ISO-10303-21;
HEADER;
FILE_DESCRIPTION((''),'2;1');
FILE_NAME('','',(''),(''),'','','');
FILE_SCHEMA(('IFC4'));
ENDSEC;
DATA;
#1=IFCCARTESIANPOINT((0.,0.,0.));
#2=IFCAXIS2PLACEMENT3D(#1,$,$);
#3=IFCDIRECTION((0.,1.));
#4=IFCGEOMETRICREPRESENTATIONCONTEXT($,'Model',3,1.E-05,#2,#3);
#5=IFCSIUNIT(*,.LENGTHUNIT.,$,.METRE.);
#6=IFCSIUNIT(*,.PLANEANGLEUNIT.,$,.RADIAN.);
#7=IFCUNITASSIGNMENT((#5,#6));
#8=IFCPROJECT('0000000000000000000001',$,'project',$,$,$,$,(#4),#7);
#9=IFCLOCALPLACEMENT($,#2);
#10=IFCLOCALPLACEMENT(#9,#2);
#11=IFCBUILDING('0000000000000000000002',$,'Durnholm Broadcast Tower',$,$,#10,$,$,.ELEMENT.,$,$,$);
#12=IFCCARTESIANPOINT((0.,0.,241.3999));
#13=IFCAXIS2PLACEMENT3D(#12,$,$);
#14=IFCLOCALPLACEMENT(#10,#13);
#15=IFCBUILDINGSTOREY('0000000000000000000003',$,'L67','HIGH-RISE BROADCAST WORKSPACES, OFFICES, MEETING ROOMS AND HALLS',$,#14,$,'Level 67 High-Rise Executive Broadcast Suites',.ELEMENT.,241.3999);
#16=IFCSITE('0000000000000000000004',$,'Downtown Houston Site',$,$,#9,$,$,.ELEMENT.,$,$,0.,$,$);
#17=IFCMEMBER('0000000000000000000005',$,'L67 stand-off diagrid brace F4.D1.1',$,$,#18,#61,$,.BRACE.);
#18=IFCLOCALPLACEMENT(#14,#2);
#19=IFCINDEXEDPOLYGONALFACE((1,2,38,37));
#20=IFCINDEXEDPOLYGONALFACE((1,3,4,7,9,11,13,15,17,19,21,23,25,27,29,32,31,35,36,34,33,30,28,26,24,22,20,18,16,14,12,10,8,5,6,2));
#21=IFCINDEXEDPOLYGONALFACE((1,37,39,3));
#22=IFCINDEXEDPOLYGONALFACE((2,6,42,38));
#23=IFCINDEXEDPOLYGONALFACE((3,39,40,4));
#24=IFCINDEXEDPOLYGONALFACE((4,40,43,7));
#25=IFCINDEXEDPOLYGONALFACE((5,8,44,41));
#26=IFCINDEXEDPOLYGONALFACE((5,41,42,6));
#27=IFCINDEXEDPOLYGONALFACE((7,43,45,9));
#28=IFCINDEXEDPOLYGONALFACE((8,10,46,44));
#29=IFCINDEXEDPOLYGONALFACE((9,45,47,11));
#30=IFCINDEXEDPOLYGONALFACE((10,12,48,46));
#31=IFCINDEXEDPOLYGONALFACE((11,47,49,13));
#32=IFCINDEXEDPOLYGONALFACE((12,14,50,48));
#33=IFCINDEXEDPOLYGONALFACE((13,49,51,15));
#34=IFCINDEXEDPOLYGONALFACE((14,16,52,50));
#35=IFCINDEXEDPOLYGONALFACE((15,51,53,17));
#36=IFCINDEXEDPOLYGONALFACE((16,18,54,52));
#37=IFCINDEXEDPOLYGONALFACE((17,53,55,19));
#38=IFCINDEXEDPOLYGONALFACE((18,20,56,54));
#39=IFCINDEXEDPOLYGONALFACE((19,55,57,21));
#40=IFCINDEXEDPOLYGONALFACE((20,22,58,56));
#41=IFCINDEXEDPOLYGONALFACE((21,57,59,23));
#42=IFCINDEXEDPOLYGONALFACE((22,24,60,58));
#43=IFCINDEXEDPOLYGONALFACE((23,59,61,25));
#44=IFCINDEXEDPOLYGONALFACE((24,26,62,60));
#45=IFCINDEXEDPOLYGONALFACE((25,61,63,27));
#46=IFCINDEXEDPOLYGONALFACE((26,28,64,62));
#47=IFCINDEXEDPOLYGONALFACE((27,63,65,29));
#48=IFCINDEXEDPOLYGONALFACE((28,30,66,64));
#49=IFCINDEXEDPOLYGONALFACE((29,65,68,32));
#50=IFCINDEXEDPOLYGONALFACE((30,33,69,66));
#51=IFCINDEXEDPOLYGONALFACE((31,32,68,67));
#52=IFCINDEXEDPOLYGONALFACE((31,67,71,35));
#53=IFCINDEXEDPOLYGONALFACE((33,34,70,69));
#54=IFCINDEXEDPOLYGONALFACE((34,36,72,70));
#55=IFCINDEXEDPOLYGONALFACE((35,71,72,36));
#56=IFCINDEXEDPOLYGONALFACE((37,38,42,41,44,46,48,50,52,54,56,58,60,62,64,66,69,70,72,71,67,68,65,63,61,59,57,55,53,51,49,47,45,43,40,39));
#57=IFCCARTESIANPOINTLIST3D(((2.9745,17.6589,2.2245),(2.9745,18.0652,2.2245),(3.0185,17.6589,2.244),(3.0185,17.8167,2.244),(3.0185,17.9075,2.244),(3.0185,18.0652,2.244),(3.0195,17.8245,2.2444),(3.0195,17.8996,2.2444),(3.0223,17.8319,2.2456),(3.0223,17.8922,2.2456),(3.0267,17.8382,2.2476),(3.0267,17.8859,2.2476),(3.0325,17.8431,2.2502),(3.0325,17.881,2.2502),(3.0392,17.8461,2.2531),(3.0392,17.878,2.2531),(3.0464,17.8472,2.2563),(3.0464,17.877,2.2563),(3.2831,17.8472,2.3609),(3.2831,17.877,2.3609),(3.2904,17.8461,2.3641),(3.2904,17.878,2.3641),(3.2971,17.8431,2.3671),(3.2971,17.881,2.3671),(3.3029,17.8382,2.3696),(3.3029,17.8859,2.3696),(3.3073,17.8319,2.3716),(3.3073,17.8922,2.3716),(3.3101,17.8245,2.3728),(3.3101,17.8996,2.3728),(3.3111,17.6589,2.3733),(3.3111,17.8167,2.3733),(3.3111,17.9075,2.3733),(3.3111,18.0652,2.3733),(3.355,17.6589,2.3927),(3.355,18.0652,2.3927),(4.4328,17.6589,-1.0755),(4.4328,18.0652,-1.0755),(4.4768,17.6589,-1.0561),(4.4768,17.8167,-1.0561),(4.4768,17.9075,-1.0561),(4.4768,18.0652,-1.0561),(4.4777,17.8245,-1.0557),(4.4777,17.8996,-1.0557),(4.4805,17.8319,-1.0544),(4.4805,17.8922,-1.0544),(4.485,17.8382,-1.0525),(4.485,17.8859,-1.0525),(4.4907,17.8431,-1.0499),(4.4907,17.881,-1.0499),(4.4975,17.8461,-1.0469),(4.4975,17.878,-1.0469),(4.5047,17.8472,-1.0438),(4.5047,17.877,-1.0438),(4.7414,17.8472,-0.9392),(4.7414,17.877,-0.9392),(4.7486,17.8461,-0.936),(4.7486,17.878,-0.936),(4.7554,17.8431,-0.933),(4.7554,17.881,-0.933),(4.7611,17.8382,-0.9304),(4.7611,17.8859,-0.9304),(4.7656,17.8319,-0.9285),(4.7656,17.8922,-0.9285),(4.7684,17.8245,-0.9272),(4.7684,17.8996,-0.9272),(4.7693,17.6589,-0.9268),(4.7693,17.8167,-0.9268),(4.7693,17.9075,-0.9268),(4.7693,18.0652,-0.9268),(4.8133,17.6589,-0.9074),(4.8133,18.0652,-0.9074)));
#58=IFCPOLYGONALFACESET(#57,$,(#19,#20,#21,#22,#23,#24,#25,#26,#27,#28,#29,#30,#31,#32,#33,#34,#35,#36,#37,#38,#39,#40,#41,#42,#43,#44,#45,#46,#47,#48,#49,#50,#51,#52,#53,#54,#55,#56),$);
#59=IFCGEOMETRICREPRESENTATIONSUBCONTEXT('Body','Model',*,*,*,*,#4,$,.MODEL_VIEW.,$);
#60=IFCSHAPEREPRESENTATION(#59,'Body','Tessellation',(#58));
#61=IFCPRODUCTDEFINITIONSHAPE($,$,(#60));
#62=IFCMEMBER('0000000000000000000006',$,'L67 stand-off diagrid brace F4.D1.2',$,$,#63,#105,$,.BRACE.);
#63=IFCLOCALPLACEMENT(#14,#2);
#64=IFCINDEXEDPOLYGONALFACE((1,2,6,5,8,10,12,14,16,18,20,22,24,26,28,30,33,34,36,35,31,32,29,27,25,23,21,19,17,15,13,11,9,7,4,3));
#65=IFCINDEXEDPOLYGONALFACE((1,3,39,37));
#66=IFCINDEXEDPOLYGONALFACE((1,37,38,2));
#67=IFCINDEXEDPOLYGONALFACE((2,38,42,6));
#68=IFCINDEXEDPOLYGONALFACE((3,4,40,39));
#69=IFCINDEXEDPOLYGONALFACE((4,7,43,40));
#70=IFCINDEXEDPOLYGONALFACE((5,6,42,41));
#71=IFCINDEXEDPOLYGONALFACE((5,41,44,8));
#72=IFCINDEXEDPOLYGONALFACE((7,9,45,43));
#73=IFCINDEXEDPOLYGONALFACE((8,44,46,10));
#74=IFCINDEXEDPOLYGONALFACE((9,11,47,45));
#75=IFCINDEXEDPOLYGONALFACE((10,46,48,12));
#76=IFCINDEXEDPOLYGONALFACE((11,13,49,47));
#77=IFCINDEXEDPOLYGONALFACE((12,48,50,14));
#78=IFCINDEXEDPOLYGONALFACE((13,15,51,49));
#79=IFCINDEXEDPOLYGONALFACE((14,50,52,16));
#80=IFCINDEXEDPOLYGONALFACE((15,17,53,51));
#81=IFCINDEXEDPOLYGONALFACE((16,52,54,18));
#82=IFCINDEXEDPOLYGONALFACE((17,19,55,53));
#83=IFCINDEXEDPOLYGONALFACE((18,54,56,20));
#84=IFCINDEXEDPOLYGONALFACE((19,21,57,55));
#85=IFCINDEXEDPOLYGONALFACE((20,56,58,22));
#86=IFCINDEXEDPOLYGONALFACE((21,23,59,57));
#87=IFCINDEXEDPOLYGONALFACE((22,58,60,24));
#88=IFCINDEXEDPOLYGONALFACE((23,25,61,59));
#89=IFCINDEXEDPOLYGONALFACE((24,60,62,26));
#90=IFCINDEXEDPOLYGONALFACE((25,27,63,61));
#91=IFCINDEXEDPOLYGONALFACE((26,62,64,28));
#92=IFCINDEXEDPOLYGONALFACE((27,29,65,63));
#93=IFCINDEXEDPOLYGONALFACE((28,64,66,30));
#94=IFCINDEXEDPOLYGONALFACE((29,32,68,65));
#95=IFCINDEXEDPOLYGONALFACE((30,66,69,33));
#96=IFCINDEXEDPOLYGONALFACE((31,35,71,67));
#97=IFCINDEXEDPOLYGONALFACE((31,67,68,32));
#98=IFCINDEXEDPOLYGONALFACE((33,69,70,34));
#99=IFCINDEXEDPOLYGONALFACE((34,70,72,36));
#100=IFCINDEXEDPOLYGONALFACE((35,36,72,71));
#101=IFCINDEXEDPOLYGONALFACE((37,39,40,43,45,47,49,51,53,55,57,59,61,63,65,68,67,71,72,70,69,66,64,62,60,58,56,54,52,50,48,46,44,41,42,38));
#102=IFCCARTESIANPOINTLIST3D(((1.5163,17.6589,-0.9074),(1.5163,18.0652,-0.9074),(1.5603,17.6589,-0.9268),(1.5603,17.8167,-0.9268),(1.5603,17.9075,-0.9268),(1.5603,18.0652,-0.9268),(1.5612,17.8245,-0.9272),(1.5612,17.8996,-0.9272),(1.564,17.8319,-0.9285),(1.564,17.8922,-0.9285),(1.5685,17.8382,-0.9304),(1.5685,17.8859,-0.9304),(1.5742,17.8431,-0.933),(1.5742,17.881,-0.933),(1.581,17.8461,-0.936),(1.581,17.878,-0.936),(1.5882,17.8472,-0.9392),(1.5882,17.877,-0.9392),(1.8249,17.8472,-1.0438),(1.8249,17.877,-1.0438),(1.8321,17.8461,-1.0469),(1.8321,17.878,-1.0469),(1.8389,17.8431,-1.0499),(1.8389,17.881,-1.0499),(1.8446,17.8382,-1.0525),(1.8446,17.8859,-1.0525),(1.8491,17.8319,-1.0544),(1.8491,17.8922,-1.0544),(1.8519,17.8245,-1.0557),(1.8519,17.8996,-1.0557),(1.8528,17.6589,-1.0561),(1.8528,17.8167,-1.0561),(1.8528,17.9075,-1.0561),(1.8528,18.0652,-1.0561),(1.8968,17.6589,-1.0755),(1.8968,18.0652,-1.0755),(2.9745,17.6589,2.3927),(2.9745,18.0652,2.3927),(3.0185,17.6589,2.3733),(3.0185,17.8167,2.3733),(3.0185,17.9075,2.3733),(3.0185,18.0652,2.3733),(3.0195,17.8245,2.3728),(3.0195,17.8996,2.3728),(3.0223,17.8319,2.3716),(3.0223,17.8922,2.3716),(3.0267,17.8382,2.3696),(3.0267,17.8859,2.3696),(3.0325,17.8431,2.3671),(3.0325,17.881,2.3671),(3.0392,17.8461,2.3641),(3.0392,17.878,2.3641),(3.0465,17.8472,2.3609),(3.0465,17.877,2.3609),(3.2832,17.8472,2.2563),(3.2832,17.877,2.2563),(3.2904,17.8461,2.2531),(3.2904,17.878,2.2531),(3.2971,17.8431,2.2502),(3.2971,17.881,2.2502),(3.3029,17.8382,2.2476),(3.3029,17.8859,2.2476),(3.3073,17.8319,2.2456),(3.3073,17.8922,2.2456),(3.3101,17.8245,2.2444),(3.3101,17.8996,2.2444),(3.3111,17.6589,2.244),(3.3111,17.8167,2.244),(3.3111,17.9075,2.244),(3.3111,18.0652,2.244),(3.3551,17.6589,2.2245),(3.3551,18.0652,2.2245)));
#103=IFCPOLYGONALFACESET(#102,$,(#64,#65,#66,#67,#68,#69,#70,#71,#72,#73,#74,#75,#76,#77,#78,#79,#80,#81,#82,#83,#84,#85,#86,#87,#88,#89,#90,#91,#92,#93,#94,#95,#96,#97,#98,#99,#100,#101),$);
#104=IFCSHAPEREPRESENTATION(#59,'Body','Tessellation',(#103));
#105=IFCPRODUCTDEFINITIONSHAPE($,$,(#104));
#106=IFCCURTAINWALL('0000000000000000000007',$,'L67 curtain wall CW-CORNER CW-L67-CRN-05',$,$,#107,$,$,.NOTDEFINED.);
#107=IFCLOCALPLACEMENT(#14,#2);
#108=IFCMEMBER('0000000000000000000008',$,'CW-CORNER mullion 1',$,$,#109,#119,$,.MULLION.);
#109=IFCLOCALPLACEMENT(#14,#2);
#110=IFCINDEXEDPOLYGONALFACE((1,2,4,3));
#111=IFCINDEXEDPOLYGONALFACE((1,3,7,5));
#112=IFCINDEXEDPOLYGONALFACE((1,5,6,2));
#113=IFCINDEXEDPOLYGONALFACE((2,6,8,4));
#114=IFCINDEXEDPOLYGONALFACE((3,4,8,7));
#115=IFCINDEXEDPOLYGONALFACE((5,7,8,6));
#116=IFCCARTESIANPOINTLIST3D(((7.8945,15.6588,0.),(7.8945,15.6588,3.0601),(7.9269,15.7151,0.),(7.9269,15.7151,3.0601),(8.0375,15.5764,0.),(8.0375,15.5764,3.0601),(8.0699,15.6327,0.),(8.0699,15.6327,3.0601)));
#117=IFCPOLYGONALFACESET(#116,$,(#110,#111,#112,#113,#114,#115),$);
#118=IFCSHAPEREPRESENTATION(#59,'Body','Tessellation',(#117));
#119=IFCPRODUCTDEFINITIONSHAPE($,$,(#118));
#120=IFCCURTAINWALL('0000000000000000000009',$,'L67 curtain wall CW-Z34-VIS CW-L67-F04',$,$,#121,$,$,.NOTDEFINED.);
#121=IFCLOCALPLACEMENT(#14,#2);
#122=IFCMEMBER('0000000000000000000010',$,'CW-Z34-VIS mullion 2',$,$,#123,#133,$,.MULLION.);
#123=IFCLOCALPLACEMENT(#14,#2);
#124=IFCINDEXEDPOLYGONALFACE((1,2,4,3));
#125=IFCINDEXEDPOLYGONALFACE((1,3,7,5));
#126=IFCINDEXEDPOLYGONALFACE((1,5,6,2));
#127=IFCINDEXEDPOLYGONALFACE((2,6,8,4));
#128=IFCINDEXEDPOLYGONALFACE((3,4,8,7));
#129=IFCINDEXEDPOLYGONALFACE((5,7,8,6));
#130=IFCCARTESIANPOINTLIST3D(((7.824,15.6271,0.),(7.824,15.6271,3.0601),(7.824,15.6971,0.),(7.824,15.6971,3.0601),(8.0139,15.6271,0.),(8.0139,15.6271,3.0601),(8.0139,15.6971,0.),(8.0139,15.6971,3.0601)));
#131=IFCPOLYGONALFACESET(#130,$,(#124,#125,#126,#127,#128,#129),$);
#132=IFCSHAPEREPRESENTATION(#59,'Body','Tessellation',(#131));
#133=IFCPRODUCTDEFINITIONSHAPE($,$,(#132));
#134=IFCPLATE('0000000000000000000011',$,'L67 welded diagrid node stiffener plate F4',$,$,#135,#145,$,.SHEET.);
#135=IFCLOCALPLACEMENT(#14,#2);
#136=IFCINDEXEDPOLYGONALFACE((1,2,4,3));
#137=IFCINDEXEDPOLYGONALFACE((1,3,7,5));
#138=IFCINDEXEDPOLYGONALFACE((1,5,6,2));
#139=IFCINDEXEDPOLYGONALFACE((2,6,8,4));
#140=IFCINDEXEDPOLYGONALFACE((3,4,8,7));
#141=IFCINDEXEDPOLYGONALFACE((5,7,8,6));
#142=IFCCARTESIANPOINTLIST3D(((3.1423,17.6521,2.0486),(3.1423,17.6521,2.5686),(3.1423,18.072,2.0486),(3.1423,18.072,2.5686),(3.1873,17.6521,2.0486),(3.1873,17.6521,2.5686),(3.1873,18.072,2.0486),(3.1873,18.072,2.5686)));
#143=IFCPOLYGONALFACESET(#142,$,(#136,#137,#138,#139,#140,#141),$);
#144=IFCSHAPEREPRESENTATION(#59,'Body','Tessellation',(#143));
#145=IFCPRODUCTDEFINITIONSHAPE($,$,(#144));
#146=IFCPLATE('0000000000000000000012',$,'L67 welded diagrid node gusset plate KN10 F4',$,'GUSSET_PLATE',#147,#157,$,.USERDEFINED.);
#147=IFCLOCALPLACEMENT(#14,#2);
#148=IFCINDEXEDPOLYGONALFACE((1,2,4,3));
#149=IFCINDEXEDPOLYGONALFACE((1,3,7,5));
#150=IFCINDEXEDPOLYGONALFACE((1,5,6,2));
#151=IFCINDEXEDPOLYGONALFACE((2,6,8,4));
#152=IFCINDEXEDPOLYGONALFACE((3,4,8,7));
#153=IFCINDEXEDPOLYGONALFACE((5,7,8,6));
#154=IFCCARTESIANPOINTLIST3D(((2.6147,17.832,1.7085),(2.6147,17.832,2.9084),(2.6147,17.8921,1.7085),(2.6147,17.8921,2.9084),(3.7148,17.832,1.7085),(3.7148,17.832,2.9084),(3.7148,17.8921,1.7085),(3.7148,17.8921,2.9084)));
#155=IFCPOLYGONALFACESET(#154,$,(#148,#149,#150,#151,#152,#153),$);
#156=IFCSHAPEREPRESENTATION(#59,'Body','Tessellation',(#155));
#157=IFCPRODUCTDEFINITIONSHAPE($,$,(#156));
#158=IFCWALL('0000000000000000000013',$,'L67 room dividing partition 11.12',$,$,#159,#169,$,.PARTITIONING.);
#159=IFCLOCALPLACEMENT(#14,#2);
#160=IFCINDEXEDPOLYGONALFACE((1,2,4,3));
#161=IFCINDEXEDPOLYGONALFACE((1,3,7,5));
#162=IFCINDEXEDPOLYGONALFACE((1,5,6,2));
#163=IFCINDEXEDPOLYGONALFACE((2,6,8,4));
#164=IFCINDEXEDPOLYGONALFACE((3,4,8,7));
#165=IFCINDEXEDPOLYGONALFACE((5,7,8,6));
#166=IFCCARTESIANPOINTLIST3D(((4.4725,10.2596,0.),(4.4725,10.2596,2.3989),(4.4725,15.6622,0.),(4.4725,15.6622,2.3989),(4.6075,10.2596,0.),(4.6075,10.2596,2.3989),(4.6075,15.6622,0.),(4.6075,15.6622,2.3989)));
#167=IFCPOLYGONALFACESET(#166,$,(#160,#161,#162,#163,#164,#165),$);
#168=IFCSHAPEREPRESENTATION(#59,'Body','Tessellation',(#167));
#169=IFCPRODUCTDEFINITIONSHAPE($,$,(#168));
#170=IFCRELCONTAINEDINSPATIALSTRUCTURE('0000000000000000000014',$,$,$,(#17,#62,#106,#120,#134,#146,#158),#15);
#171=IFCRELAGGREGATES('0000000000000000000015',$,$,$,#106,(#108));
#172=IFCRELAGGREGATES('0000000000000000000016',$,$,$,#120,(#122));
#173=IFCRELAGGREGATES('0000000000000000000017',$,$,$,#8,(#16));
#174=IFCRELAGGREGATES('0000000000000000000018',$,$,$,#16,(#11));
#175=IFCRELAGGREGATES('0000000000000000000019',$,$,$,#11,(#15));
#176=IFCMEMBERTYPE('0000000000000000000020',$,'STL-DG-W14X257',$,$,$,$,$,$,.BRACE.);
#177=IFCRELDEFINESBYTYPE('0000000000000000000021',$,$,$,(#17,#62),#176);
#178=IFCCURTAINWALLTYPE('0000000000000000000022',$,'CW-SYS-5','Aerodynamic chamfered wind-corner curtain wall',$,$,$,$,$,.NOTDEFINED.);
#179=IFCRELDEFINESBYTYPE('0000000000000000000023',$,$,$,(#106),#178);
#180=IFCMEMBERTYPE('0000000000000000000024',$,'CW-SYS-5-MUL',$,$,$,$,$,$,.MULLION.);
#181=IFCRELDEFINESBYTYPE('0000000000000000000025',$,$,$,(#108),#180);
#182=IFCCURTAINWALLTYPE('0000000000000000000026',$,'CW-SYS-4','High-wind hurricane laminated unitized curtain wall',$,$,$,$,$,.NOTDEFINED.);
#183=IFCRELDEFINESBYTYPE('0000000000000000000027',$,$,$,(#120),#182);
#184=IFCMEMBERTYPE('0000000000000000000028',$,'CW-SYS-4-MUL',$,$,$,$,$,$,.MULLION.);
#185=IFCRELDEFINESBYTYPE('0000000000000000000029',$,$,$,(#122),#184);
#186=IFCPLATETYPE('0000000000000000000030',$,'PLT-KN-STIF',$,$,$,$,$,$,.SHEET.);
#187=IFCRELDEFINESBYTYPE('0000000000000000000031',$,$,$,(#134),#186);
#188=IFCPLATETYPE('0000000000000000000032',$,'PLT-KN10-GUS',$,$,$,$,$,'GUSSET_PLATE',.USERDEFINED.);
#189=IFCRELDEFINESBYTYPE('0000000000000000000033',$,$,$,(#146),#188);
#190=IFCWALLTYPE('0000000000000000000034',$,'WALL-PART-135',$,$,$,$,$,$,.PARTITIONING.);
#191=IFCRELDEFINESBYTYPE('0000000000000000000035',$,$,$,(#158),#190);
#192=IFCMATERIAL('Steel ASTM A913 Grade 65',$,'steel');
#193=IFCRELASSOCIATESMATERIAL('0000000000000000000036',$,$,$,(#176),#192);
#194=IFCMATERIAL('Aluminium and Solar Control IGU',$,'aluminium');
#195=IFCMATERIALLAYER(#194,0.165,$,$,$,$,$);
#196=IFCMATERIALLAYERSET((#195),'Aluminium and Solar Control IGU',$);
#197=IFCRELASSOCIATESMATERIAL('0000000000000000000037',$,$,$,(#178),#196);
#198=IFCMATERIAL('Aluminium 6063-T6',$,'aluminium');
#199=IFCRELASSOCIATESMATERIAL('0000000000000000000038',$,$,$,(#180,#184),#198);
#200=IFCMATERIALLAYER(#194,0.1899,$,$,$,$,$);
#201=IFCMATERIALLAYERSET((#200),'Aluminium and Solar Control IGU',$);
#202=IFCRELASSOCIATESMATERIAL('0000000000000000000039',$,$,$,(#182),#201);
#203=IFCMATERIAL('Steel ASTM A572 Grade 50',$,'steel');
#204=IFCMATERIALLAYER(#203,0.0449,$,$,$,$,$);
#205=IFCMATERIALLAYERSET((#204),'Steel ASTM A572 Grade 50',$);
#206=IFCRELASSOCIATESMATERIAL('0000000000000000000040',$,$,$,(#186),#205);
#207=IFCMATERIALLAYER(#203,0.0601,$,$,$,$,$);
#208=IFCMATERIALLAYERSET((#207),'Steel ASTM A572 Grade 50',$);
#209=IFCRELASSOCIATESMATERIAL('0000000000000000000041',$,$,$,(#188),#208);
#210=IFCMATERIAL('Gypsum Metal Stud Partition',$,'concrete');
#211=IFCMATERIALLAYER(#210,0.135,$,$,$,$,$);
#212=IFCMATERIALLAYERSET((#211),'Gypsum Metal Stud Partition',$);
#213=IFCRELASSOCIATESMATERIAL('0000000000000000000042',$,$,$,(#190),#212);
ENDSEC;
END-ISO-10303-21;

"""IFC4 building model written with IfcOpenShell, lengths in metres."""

from ifc_helpers import new_model, si_unit, direction, frame, frame_2d, origin, origin_2d, place, context, subcontext, project, spatial, rectangle, i_section, extrude, source, transform, mapped, material, layer, layer_set, material_profile, profile_set, type_object, type_shapes, element, aggregate, save


model = new_model("IFC4")

# Units and contexts
model_context = context("Model", 3, precision=1e-05, world=origin(), true_north=direction((0.0, 1.0)))
body_context = subcontext(model_context, "Body", "Model", "MODEL_VIEW")
ifc_project = project(units=[si_unit("LENGTHUNIT", "METRE"), si_unit("PLANEANGLEUNIT", "RADIAN")], contexts=[model_context])

# Site, building, storey
site_placement = place(None, origin())
site = spatial("IfcSite", under=ifc_project, at=site_placement, Name="Downtown Houston Site", CompositionType="ELEMENT", RefElevation=0.0)
building_placement = place(site_placement, origin())
building = spatial("IfcBuilding", under=site, at=building_placement, Name="Durnholm Broadcast Tower", CompositionType="ELEMENT")
storey_placement = place(building_placement, frame((0.0, 0.0, 241.3999)))
storey = spatial("IfcBuildingStorey", under=building, at=storey_placement, Name="L67", Description="HIGH-RISE BROADCAST WORKSPACES, OFFICES, MEETING ROOMS AND HALLS", LongName="Level 67 High-Rise Executive Broadcast Suites", CompositionType="ELEMENT", Elevation=241.3999)

# Members
ifc_material_1 = material(Name="Steel ASTM A913 Grade 65", Category="steel")
ifc_material_profile_1 = material_profile(ifc_material_1, i_section(OverallWidth=0.4062, OverallDepth=0.416, WebThickness=0.0298, FlangeThickness=0.0481, FilletRadius=0.0305, at=origin_2d()), Name="W14X257")
ifc_profile_set_1 = profile_set([ifc_material_profile_1], Name="Steel ASTM A913 Grade 65")
member_type_1 = type_object("IfcMemberType", Name="STL-DG-W14X257", PredefinedType="BRACE", material=ifc_profile_set_1)
shared_shape_1 = source(origin(), body_context, "Body", "SweptSolid", [
    extrude(i_section(OverallWidth=0.4062, OverallDepth=0.416, WebThickness=0.0298, FlangeThickness=0.0481, FilletRadius=0.0305, at=origin_2d()), origin(), (0.0, 0.0, 1.0), 3.6079),
])
type_shapes(member_type_1, [shared_shape_1])
for number, where, z_axis, x_axis, name in (
    (1, (4.623, 17.8621, -0.9915), (-0.404185, 0.0, 0.914677), (0.0, -1.0, 0.0), "L67 stand-off diagrid brace F4.D1.1"),
    (2, (1.7065, 17.8621, -0.9915), (0.404185, 0.0, 0.914677), (0.0, 1.0, 0.0), "L67 stand-off diagrid brace F4.D1.2"),
):
    element("IfcMember", number, at=place(storey_placement, frame(where, z_axis=z_axis, x_axis=x_axis)), inside=storey, type_object=member_type_1, Name=name, PredefinedType="BRACE", context=body_context, shape_type="MappedRepresentation", body=[
        mapped(shared_shape_1, transform((0.0, 0.0, 0.0), x_axis=(1.0, 0.0, 0.0), y_axis=(0.0, 1.0, 0.0), z_axis=(0.0, 0.0, 1.0), scale=1.0)),
    ])

# Curtain walls, members
ifc_material_2 = material(Name="Aluminium and Solar Control IGU", Category="aluminium")
ifc_layer_1 = layer(ifc_material_2, 0.165)
ifc_layer_set_1 = layer_set([ifc_layer_1], Name="Aluminium and Solar Control IGU")
curtain_wall_type_1 = type_object("IfcCurtainWallType", Name="CW-SYS-5", Description="Aerodynamic chamfered wind-corner curtain wall", PredefinedType="NOTDEFINED", material=ifc_layer_set_1)
curtain_wall_1_placement = place(storey_placement, origin())
curtain_wall_1 = element("IfcCurtainWall", 3, at=curtain_wall_1_placement, inside=storey, type_object=curtain_wall_type_1, Name="L67 curtain wall CW-CORNER CW-L67-CRN-05", PredefinedType="NOTDEFINED")
ifc_material_3 = material(Name="Aluminium 6063-T6", Category="aluminium")
ifc_material_profile_2 = material_profile(ifc_material_3, rectangle(XDim=0.0649, YDim=0.165, at=origin_2d()), Name="CWM65X165")
ifc_profile_set_2 = profile_set([ifc_material_profile_2], Name="Aluminium 6063-T6")
member_type_2 = type_object("IfcMemberType", Name="CW-SYS-5-MUL", PredefinedType="MULLION", material=ifc_profile_set_2)
shared_shape_2 = source(origin(), body_context, "Body", "SweptSolid", [
    extrude(rectangle(XDim=0.0649, YDim=0.165, at=origin_2d()), origin(), (0.0, 0.0, 1.0), 3.0601),
])
type_shapes(member_type_2, [shared_shape_2])
member_1_placement = place(storey_placement, frame((7.9822, 15.6458, 0.0), z_axis=(0.0, 0.0, 1.0), x_axis=(0.499059, 0.866568, 0.0)))
member_1 = element("IfcMember", 4, at=member_1_placement, type_object=member_type_2, Name="CW-CORNER mullion 1", PredefinedType="MULLION", context=body_context, shape_type="MappedRepresentation", body=[
    mapped(shared_shape_2, transform((0.0, 0.0, 0.0), x_axis=(1.0, 0.0, 0.0), y_axis=(0.0, 1.0, 0.0), z_axis=(0.0, 0.0, 1.0), scale=1.0)),
])
aggregate(curtain_wall_1, [member_1])
ifc_layer_2 = layer(ifc_material_2, 0.1899)
ifc_layer_set_2 = layer_set([ifc_layer_2], Name="Aluminium and Solar Control IGU")
curtain_wall_type_2 = type_object("IfcCurtainWallType", Name="CW-SYS-4", Description="High-wind hurricane laminated unitized curtain wall", PredefinedType="NOTDEFINED", material=ifc_layer_set_2)
curtain_wall_2_placement = place(storey_placement, origin())
curtain_wall_2 = element("IfcCurtainWall", 5, at=curtain_wall_2_placement, inside=storey, type_object=curtain_wall_type_2, Name="L67 curtain wall CW-Z34-VIS CW-L67-F04", PredefinedType="NOTDEFINED")
ifc_material_profile_3 = material_profile(ifc_material_3, rectangle(XDim=0.0701, YDim=0.1899, at=origin_2d()), Name="CWM70X190")
ifc_profile_set_3 = profile_set([ifc_material_profile_3], Name="Aluminium 6063-T6")
member_type_3 = type_object("IfcMemberType", Name="CW-SYS-4-MUL", PredefinedType="MULLION", material=ifc_profile_set_3)
shared_shape_3 = source(origin(), body_context, "Body", "SweptSolid", [
    extrude(rectangle(XDim=0.0701, YDim=0.1899, at=origin_2d()), origin(), (0.0, 0.0, 1.0), 3.0601),
])
type_shapes(member_type_3, [shared_shape_3])
member_2_placement = place(storey_placement, frame((7.9189, 15.6621, 0.0), z_axis=(0.0, 0.0, 1.0), x_axis=(0.0, 1.0, 0.0)))
member_2 = element("IfcMember", 6, at=member_2_placement, type_object=member_type_3, Name="CW-Z34-VIS mullion 2", PredefinedType="MULLION", context=body_context, shape_type="MappedRepresentation", body=[
    mapped(shared_shape_3, transform((0.0, 0.0, 0.0), x_axis=(1.0, 0.0, 0.0), y_axis=(0.0, 1.0, 0.0), z_axis=(0.0, 0.0, 1.0), scale=1.0)),
])
aggregate(curtain_wall_2, [member_2])

# Plates
ifc_material_4 = material(Name="Steel ASTM A572 Grade 50", Category="steel")
ifc_layer_3 = layer(ifc_material_4, 0.0449)
ifc_layer_set_3 = layer_set([ifc_layer_3], Name="Steel ASTM A572 Grade 50")
plate_type_1 = type_object("IfcPlateType", Name="PLT-KN-STIF", PredefinedType="SHEET", material=ifc_layer_set_3)
shared_shape_4 = source(origin(), body_context, "Body", "SweptSolid", [
    extrude(rectangle(XDim=0.0449, YDim=0.4199, at=origin_2d()), origin(), (0.0, 0.0, 1.0), 0.52),
])
type_shapes(plate_type_1, [shared_shape_4])
plate_1_placement = place(storey_placement, frame((3.1648, 17.8621, 2.0486), z_axis=(0.0, 0.0, 1.0), x_axis=(-1.0, 0.0, 0.0)))
element("IfcPlate", 7, at=plate_1_placement, inside=storey, type_object=plate_type_1, Name="L67 welded diagrid node stiffener plate F4", PredefinedType="SHEET", context=body_context, shape_type="MappedRepresentation", body=[
    mapped(shared_shape_4, transform((0.0, 0.0, 0.0), x_axis=(1.0, 0.0, 0.0), y_axis=(0.0, 1.0, 0.0), z_axis=(0.0, 0.0, 1.0), scale=1.0)),
])
ifc_layer_4 = layer(ifc_material_4, 0.0601)
ifc_layer_set_4 = layer_set([ifc_layer_4], Name="Steel ASTM A572 Grade 50")
plate_type_2 = type_object("IfcPlateType", Name="PLT-KN10-GUS", ElementType="GUSSET_PLATE", PredefinedType="USERDEFINED", material=ifc_layer_set_4)
shared_shape_5 = source(origin(), body_context, "Body", "SweptSolid", [
    extrude(rectangle(XDim=1.1001, YDim=0.0601, at=origin_2d()), origin(), (0.0, 0.0, 1.0), 1.2),
])
type_shapes(plate_type_2, [shared_shape_5])
plate_2_placement = place(storey_placement, frame((3.1648, 17.8621, 1.7085), z_axis=(0.0, 0.0, 1.0), x_axis=(-1.0, 0.0, 0.0)))
element("IfcPlate", 8, at=plate_2_placement, inside=storey, type_object=plate_type_2, Name="L67 welded diagrid node gusset plate KN10 F4", ObjectType="GUSSET_PLATE", PredefinedType="USERDEFINED", context=body_context, shape_type="MappedRepresentation", body=[
    mapped(shared_shape_5, transform((0.0, 0.0, 0.0), x_axis=(1.0, 0.0, 0.0), y_axis=(0.0, 1.0, 0.0), z_axis=(0.0, 0.0, 1.0), scale=1.0)),
])

# Wall
ifc_material_5 = material(Name="Gypsum Metal Stud Partition", Category="concrete")
ifc_layer_5 = layer(ifc_material_5, 0.135)
ifc_layer_set_5 = layer_set([ifc_layer_5], Name="Gypsum Metal Stud Partition")
wall_type_1 = type_object("IfcWallType", Name="WALL-PART-135", PredefinedType="PARTITIONING", material=ifc_layer_set_5)
wall_1_placement = place(storey_placement, frame((4.54, 15.6621, 0.0), z_axis=(0.0, 0.0, 1.0), x_axis=(0.0, -1.0, 0.0)))
element("IfcWall", 9, at=wall_1_placement, inside=storey, type_object=wall_type_1, Name="L67 room dividing partition 11.12", PredefinedType="PARTITIONING", context=body_context, shape_type="SweptSolid", body=[
    extrude(rectangle(XDim=5.4026, YDim=0.135, at=frame_2d((2.7012, 0.0))), origin(), (0.0, 0.0, 1.0), 2.3989),
])

save(model, "model.ifc")
